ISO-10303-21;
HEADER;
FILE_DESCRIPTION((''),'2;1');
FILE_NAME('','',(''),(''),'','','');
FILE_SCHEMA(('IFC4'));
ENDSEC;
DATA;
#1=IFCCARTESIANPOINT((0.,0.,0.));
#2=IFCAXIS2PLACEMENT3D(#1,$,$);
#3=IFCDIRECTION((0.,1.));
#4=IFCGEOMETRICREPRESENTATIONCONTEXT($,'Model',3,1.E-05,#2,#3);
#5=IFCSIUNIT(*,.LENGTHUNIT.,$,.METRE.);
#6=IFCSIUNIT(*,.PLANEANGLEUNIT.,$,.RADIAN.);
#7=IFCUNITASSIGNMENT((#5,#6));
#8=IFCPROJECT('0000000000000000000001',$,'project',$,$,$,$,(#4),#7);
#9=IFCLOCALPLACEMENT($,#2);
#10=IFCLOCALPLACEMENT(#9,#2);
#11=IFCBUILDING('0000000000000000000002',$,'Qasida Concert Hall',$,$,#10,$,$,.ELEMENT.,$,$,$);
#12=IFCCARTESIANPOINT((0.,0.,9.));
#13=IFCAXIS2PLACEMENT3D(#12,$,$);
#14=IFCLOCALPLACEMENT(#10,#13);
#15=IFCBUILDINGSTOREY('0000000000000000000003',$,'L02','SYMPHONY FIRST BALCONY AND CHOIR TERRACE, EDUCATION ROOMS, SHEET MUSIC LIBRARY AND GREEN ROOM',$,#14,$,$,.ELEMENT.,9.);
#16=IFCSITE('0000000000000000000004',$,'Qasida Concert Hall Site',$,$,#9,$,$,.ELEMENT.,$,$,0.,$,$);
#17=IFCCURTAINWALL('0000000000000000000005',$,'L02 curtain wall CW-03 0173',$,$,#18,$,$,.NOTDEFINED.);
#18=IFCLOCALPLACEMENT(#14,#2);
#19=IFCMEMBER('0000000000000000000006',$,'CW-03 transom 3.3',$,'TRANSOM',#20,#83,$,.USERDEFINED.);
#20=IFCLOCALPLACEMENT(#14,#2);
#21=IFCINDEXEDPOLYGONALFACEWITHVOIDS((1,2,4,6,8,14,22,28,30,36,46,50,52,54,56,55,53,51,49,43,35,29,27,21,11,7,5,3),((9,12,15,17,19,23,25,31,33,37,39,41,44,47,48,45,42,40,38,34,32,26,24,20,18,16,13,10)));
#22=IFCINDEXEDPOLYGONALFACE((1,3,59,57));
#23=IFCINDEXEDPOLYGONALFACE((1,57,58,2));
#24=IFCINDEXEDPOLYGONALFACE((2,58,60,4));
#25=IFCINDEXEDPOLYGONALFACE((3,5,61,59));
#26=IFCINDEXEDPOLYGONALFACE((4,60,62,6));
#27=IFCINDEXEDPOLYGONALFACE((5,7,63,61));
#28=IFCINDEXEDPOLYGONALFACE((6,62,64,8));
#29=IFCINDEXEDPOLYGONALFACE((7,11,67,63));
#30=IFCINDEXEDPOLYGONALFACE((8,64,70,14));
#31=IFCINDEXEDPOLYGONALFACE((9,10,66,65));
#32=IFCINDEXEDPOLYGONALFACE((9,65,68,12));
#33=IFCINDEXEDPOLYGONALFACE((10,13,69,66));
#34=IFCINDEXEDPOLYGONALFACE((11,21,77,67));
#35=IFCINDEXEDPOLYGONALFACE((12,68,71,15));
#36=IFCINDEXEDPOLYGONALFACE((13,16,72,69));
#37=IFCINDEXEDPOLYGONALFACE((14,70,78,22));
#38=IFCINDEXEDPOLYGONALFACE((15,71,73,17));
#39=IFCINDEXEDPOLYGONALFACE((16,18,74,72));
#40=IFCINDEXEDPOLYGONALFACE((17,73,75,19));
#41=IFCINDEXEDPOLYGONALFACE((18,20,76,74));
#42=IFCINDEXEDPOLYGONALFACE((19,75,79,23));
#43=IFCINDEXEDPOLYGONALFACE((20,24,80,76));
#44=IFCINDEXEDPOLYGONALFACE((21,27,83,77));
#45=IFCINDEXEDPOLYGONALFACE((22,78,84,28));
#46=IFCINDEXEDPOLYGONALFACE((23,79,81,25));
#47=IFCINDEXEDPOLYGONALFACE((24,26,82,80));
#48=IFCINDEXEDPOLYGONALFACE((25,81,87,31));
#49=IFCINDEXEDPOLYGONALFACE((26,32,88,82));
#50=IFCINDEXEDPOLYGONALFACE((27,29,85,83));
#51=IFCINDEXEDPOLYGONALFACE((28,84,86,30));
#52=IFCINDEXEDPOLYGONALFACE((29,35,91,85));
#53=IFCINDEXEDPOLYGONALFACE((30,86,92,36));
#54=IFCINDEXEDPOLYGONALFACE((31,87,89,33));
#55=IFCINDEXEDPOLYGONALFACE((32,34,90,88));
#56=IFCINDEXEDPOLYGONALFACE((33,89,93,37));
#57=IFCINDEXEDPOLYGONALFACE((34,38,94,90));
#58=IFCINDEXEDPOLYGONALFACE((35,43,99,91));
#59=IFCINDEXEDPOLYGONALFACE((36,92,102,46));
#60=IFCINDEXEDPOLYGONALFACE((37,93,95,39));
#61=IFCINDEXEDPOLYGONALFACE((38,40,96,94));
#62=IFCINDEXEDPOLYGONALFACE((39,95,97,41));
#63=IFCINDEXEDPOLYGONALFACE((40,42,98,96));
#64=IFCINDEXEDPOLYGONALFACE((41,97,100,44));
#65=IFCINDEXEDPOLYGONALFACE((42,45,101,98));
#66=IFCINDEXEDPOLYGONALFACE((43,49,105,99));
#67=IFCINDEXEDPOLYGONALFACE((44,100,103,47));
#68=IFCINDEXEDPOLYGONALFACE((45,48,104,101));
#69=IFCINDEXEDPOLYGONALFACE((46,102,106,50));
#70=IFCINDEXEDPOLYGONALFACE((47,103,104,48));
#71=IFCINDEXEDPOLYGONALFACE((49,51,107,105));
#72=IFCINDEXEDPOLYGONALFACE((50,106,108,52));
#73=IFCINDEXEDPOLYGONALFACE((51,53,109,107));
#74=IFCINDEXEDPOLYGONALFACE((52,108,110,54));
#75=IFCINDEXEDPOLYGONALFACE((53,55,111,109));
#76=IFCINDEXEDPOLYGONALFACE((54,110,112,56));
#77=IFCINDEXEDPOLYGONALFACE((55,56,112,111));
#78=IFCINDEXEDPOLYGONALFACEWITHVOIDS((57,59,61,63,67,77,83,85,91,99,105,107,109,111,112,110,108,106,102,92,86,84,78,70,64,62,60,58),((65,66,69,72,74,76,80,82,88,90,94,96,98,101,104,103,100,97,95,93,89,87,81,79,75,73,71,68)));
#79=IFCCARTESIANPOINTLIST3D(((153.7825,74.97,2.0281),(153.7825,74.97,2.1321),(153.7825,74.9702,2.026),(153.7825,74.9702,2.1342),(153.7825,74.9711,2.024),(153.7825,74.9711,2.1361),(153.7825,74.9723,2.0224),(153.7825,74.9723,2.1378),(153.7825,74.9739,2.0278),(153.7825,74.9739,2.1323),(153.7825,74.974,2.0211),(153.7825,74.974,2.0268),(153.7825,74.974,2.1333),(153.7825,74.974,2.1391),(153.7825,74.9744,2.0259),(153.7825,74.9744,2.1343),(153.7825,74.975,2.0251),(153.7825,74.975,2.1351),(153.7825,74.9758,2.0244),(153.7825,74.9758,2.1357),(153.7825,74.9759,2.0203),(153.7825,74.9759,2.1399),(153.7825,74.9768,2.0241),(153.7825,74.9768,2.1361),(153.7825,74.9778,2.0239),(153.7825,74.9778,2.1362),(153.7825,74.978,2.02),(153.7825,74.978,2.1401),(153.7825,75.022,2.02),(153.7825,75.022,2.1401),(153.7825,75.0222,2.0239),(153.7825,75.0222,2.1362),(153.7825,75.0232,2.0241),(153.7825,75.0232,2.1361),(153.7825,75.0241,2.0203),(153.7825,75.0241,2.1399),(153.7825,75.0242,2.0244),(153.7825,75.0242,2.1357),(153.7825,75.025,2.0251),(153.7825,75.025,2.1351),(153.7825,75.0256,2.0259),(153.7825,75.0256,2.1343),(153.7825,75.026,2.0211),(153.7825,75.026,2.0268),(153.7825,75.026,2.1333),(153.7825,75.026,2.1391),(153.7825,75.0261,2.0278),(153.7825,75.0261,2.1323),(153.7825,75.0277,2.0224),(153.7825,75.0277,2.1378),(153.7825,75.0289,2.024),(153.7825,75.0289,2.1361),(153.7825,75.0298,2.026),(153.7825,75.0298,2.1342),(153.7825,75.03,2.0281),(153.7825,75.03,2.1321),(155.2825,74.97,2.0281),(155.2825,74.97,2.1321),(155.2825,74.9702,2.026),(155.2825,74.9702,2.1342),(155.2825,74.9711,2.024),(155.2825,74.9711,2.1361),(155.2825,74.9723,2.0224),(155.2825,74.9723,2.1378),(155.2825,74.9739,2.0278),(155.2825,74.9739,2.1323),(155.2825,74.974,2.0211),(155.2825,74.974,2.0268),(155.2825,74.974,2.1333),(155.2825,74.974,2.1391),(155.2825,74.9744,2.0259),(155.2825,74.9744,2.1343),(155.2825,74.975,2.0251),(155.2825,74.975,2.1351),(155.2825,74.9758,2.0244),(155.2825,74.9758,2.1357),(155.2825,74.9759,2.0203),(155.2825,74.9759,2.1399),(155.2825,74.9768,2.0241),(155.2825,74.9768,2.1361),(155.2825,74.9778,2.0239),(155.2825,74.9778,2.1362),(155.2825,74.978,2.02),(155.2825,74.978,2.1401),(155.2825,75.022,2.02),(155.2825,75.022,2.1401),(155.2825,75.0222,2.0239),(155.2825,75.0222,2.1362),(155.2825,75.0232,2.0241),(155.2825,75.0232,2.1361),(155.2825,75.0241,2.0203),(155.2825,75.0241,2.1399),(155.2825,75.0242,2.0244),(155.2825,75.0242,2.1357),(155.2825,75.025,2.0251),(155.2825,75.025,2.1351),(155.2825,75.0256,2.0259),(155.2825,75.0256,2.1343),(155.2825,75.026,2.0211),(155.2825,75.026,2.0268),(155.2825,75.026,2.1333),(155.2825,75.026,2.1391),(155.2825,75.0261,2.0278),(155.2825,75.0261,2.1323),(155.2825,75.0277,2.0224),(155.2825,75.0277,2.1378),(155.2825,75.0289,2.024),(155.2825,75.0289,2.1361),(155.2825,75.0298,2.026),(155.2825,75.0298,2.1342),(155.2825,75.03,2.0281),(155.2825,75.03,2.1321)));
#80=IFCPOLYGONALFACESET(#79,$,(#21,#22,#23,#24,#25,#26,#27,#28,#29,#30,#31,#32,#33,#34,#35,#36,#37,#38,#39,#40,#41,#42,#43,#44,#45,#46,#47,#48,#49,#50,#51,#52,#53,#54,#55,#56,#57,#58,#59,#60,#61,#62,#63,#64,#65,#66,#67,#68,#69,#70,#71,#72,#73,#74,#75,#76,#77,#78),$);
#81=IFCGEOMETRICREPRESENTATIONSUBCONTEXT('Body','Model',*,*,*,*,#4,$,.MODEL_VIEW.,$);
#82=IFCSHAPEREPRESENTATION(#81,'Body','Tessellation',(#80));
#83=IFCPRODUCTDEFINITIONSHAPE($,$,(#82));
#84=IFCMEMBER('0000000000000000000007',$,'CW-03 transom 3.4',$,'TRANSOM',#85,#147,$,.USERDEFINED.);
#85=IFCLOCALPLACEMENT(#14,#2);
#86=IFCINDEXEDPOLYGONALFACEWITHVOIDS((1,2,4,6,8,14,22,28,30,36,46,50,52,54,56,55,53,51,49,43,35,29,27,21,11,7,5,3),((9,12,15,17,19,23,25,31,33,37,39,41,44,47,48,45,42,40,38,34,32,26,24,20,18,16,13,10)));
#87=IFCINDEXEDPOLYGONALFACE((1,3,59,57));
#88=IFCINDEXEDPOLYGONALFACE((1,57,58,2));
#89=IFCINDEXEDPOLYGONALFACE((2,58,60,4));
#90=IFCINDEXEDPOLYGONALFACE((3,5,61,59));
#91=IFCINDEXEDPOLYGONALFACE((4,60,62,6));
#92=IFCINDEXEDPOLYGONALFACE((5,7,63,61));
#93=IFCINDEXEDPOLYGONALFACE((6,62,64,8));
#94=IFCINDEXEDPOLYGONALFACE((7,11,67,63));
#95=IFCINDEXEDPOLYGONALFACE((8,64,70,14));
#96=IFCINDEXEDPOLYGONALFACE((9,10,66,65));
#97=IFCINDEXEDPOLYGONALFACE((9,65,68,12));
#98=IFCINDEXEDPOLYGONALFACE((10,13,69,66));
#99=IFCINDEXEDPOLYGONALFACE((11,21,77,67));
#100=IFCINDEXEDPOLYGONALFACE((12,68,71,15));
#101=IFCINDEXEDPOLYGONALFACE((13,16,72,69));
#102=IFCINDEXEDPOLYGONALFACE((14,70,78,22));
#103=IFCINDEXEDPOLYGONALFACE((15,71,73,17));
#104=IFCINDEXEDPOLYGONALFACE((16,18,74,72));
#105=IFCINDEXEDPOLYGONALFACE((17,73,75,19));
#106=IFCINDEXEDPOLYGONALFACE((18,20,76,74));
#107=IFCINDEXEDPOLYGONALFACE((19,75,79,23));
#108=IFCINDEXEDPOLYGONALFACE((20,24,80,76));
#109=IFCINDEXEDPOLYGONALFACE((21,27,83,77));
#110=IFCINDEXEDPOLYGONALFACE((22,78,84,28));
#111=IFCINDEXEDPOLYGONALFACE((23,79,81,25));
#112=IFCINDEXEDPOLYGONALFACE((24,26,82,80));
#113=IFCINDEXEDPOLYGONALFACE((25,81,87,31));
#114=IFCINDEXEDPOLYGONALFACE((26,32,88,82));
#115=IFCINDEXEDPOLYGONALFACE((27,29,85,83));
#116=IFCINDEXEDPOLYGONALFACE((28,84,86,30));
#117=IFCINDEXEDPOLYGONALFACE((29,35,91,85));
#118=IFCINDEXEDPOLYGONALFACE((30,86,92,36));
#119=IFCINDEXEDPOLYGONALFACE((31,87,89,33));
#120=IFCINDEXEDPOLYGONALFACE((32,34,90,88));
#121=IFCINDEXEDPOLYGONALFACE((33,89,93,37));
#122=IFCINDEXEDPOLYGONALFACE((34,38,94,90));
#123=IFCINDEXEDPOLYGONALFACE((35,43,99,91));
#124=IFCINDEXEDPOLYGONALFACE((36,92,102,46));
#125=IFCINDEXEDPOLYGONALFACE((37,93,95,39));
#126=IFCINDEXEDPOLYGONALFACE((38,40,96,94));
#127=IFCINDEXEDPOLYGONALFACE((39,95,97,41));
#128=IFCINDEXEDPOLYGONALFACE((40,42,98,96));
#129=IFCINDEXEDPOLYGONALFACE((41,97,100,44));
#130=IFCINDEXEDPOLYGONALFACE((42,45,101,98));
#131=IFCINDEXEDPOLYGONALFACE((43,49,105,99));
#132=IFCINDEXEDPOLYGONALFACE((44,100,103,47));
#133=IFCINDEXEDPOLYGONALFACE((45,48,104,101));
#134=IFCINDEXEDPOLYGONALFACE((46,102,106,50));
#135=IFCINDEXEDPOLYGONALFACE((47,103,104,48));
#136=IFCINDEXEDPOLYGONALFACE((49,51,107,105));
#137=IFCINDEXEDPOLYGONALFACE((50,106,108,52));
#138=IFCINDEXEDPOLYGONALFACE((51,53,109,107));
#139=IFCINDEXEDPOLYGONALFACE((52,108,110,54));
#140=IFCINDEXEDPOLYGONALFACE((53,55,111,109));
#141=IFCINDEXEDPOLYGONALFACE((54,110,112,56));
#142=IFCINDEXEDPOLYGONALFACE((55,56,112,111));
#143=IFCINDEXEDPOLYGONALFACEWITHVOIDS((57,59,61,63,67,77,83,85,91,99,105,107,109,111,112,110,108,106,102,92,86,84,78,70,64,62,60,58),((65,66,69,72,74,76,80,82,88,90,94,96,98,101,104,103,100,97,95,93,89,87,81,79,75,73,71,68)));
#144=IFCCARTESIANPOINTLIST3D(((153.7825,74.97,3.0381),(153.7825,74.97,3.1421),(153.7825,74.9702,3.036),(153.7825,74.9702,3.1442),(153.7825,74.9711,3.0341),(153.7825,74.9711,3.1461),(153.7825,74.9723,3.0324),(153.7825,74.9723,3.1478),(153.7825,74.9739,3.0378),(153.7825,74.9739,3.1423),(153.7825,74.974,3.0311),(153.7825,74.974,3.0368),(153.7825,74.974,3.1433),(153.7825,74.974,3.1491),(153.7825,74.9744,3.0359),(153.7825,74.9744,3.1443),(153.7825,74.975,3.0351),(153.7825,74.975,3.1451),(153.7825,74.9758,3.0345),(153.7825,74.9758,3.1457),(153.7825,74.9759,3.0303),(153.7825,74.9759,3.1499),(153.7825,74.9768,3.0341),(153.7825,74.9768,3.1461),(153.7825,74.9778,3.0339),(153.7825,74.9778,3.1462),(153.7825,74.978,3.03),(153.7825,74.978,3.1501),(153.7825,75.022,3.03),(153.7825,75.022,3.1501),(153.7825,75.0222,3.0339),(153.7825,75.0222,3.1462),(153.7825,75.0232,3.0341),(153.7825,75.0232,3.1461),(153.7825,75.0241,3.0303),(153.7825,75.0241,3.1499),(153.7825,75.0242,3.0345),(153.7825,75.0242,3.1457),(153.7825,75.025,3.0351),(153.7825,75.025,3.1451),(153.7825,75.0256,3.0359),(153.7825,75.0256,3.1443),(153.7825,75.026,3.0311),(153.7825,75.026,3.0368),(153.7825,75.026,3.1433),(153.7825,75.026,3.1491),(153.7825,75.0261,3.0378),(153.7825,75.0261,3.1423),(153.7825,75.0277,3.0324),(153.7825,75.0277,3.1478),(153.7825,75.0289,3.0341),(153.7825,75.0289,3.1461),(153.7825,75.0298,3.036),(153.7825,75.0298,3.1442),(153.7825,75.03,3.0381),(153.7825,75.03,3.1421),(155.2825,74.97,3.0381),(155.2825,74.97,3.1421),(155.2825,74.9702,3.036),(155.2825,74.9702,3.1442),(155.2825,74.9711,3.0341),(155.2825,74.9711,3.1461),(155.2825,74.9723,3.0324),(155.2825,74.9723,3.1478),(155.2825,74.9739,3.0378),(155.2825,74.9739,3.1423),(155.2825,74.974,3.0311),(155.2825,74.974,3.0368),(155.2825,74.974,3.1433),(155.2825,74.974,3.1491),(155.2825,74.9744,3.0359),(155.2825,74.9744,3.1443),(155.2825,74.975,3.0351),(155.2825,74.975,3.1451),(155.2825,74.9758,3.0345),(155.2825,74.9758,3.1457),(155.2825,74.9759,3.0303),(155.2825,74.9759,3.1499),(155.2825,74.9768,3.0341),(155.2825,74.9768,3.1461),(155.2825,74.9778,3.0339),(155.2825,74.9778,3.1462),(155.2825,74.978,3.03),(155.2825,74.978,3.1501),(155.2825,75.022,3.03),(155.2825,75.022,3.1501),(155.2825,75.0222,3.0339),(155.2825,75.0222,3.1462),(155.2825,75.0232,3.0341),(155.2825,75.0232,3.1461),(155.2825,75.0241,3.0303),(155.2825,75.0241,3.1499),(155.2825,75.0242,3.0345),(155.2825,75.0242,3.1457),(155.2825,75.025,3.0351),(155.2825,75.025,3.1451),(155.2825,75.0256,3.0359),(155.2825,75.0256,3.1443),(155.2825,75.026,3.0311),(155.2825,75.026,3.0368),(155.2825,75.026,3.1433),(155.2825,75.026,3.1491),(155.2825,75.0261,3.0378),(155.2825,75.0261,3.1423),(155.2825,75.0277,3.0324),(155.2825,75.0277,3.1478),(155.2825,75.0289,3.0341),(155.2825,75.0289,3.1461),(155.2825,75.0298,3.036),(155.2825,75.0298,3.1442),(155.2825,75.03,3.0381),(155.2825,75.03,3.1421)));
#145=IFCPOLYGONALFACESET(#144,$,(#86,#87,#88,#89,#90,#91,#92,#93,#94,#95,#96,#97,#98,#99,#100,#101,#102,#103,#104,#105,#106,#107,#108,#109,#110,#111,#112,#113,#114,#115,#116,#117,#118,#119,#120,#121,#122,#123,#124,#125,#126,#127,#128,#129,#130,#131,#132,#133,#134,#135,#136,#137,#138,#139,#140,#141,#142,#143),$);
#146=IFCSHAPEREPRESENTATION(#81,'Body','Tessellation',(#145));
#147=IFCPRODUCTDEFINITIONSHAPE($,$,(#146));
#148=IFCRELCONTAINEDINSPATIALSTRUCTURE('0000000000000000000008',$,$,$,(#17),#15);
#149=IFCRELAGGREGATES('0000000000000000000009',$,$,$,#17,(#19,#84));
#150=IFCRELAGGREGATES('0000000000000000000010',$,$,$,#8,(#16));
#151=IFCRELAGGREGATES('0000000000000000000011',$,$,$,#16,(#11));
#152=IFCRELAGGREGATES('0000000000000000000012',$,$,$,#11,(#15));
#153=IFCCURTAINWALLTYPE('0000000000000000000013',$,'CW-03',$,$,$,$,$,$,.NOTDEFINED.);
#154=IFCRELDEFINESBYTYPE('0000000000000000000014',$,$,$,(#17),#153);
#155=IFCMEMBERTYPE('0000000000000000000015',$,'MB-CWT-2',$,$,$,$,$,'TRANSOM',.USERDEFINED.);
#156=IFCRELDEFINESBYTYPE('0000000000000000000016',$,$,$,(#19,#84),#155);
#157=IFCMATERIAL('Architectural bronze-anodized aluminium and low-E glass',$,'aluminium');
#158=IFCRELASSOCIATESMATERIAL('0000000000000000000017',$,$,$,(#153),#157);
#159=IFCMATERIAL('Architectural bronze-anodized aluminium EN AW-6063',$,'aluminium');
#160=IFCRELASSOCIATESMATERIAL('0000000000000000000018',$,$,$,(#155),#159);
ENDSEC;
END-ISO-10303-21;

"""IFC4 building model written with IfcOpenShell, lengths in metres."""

from ifc_helpers import new_model, si_unit, direction, frame, origin, origin_2d, place, context, subcontext, project, spatial, hollow_rectangle, extrude, material, material_profile, profile_set, type_object, element, aggregate, save


model = new_model("IFC4")

# Units and contexts
model_context = context("Model", 3, precision=1e-05, world=origin(), true_north=direction((0.0, 1.0)))
body_context = subcontext(model_context, "Body", "Model", "MODEL_VIEW")
ifc_project = project(units=[si_unit("LENGTHUNIT", "METRE"), si_unit("PLANEANGLEUNIT", "RADIAN")], contexts=[model_context])

# Site, building, storey
site_placement = place(None, origin())
site = spatial("IfcSite", under=ifc_project, at=site_placement, Name="Qasida Concert Hall Site", CompositionType="ELEMENT", RefElevation=0.0)
building_placement = place(site_placement, origin())
building = spatial("IfcBuilding", under=site, at=building_placement, Name="Qasida Concert Hall", CompositionType="ELEMENT")
storey_placement = place(building_placement, frame((0.0, 0.0, 9.0)))
storey = spatial("IfcBuildingStorey", under=building, at=storey_placement, Name="L02", Description="SYMPHONY FIRST BALCONY AND CHOIR TERRACE, EDUCATION ROOMS, SHEET MUSIC LIBRARY AND GREEN ROOM", CompositionType="ELEMENT", Elevation=9.0)

# Curtain wall, members
ifc_material_1 = material(Name="Architectural bronze-anodized aluminium and low-E glass", Category="aluminium")
curtain_wall_type = type_object("IfcCurtainWallType", Name="CW-03", PredefinedType="NOTDEFINED", material=ifc_material_1)
curtain_wall_placement = place(storey_placement, origin())
curtain_wall = element("IfcCurtainWall", 1, at=curtain_wall_placement, inside=storey, type_object=curtain_wall_type, Name="L02 curtain wall CW-03 0173", PredefinedType="NOTDEFINED")
ifc_material_2 = material(Name="Architectural bronze-anodized aluminium EN AW-6063", Category="aluminium")
ifc_material_profile_1 = material_profile(ifc_material_2, hollow_rectangle(XDim=0.0601, YDim=0.1201, WallThickness=0.0039, InnerFilletRadius=0.0039, OuterFilletRadius=0.0081, at=origin_2d()), Name="CWT 120x60x4")
ifc_profile_set_1 = profile_set([ifc_material_profile_1], Name="Architectural bronze-anodized aluminium EN AW-6063")
member_type_1 = type_object("IfcMemberType", Name="MB-CWT-2", ElementType="TRANSOM", PredefinedType="USERDEFINED", material=ifc_profile_set_1)
member_1_placement = place(storey_placement, frame((153.7825, 75.0, 2.0801), z_axis=(1.0, 0.0, 0.0), x_axis=(0.0, 1.0, 0.0)))
member_1 = element("IfcMember", 2, at=member_1_placement, type_object=member_type_1, Name="CW-03 transom 3.3", ObjectType="TRANSOM", PredefinedType="USERDEFINED", context=body_context, shape_type="SweptSolid", body=[
    extrude(hollow_rectangle(XDim=0.0601, YDim=0.1201, WallThickness=0.0039, InnerFilletRadius=0.0039, OuterFilletRadius=0.0081, at=origin_2d()), origin(), (0.0, 0.0, 1.0), 1.5),
])
member_2_placement = place(storey_placement, frame((153.7825, 75.0, 3.0901), z_axis=(1.0, 0.0, 0.0), x_axis=(0.0, 1.0, 0.0)))
member_2 = element("IfcMember", 3, at=member_2_placement, type_object=member_type_1, Name="CW-03 transom 3.4", ObjectType="TRANSOM", PredefinedType="USERDEFINED", context=body_context, shape_type="SweptSolid", body=[
    extrude(hollow_rectangle(XDim=0.0601, YDim=0.1201, WallThickness=0.0039, InnerFilletRadius=0.0039, OuterFilletRadius=0.0081, at=origin_2d()), origin(), (0.0, 0.0, 1.0), 1.5),
])
aggregate(curtain_wall, [member_1, member_2])

save(model, "model.ifc")
